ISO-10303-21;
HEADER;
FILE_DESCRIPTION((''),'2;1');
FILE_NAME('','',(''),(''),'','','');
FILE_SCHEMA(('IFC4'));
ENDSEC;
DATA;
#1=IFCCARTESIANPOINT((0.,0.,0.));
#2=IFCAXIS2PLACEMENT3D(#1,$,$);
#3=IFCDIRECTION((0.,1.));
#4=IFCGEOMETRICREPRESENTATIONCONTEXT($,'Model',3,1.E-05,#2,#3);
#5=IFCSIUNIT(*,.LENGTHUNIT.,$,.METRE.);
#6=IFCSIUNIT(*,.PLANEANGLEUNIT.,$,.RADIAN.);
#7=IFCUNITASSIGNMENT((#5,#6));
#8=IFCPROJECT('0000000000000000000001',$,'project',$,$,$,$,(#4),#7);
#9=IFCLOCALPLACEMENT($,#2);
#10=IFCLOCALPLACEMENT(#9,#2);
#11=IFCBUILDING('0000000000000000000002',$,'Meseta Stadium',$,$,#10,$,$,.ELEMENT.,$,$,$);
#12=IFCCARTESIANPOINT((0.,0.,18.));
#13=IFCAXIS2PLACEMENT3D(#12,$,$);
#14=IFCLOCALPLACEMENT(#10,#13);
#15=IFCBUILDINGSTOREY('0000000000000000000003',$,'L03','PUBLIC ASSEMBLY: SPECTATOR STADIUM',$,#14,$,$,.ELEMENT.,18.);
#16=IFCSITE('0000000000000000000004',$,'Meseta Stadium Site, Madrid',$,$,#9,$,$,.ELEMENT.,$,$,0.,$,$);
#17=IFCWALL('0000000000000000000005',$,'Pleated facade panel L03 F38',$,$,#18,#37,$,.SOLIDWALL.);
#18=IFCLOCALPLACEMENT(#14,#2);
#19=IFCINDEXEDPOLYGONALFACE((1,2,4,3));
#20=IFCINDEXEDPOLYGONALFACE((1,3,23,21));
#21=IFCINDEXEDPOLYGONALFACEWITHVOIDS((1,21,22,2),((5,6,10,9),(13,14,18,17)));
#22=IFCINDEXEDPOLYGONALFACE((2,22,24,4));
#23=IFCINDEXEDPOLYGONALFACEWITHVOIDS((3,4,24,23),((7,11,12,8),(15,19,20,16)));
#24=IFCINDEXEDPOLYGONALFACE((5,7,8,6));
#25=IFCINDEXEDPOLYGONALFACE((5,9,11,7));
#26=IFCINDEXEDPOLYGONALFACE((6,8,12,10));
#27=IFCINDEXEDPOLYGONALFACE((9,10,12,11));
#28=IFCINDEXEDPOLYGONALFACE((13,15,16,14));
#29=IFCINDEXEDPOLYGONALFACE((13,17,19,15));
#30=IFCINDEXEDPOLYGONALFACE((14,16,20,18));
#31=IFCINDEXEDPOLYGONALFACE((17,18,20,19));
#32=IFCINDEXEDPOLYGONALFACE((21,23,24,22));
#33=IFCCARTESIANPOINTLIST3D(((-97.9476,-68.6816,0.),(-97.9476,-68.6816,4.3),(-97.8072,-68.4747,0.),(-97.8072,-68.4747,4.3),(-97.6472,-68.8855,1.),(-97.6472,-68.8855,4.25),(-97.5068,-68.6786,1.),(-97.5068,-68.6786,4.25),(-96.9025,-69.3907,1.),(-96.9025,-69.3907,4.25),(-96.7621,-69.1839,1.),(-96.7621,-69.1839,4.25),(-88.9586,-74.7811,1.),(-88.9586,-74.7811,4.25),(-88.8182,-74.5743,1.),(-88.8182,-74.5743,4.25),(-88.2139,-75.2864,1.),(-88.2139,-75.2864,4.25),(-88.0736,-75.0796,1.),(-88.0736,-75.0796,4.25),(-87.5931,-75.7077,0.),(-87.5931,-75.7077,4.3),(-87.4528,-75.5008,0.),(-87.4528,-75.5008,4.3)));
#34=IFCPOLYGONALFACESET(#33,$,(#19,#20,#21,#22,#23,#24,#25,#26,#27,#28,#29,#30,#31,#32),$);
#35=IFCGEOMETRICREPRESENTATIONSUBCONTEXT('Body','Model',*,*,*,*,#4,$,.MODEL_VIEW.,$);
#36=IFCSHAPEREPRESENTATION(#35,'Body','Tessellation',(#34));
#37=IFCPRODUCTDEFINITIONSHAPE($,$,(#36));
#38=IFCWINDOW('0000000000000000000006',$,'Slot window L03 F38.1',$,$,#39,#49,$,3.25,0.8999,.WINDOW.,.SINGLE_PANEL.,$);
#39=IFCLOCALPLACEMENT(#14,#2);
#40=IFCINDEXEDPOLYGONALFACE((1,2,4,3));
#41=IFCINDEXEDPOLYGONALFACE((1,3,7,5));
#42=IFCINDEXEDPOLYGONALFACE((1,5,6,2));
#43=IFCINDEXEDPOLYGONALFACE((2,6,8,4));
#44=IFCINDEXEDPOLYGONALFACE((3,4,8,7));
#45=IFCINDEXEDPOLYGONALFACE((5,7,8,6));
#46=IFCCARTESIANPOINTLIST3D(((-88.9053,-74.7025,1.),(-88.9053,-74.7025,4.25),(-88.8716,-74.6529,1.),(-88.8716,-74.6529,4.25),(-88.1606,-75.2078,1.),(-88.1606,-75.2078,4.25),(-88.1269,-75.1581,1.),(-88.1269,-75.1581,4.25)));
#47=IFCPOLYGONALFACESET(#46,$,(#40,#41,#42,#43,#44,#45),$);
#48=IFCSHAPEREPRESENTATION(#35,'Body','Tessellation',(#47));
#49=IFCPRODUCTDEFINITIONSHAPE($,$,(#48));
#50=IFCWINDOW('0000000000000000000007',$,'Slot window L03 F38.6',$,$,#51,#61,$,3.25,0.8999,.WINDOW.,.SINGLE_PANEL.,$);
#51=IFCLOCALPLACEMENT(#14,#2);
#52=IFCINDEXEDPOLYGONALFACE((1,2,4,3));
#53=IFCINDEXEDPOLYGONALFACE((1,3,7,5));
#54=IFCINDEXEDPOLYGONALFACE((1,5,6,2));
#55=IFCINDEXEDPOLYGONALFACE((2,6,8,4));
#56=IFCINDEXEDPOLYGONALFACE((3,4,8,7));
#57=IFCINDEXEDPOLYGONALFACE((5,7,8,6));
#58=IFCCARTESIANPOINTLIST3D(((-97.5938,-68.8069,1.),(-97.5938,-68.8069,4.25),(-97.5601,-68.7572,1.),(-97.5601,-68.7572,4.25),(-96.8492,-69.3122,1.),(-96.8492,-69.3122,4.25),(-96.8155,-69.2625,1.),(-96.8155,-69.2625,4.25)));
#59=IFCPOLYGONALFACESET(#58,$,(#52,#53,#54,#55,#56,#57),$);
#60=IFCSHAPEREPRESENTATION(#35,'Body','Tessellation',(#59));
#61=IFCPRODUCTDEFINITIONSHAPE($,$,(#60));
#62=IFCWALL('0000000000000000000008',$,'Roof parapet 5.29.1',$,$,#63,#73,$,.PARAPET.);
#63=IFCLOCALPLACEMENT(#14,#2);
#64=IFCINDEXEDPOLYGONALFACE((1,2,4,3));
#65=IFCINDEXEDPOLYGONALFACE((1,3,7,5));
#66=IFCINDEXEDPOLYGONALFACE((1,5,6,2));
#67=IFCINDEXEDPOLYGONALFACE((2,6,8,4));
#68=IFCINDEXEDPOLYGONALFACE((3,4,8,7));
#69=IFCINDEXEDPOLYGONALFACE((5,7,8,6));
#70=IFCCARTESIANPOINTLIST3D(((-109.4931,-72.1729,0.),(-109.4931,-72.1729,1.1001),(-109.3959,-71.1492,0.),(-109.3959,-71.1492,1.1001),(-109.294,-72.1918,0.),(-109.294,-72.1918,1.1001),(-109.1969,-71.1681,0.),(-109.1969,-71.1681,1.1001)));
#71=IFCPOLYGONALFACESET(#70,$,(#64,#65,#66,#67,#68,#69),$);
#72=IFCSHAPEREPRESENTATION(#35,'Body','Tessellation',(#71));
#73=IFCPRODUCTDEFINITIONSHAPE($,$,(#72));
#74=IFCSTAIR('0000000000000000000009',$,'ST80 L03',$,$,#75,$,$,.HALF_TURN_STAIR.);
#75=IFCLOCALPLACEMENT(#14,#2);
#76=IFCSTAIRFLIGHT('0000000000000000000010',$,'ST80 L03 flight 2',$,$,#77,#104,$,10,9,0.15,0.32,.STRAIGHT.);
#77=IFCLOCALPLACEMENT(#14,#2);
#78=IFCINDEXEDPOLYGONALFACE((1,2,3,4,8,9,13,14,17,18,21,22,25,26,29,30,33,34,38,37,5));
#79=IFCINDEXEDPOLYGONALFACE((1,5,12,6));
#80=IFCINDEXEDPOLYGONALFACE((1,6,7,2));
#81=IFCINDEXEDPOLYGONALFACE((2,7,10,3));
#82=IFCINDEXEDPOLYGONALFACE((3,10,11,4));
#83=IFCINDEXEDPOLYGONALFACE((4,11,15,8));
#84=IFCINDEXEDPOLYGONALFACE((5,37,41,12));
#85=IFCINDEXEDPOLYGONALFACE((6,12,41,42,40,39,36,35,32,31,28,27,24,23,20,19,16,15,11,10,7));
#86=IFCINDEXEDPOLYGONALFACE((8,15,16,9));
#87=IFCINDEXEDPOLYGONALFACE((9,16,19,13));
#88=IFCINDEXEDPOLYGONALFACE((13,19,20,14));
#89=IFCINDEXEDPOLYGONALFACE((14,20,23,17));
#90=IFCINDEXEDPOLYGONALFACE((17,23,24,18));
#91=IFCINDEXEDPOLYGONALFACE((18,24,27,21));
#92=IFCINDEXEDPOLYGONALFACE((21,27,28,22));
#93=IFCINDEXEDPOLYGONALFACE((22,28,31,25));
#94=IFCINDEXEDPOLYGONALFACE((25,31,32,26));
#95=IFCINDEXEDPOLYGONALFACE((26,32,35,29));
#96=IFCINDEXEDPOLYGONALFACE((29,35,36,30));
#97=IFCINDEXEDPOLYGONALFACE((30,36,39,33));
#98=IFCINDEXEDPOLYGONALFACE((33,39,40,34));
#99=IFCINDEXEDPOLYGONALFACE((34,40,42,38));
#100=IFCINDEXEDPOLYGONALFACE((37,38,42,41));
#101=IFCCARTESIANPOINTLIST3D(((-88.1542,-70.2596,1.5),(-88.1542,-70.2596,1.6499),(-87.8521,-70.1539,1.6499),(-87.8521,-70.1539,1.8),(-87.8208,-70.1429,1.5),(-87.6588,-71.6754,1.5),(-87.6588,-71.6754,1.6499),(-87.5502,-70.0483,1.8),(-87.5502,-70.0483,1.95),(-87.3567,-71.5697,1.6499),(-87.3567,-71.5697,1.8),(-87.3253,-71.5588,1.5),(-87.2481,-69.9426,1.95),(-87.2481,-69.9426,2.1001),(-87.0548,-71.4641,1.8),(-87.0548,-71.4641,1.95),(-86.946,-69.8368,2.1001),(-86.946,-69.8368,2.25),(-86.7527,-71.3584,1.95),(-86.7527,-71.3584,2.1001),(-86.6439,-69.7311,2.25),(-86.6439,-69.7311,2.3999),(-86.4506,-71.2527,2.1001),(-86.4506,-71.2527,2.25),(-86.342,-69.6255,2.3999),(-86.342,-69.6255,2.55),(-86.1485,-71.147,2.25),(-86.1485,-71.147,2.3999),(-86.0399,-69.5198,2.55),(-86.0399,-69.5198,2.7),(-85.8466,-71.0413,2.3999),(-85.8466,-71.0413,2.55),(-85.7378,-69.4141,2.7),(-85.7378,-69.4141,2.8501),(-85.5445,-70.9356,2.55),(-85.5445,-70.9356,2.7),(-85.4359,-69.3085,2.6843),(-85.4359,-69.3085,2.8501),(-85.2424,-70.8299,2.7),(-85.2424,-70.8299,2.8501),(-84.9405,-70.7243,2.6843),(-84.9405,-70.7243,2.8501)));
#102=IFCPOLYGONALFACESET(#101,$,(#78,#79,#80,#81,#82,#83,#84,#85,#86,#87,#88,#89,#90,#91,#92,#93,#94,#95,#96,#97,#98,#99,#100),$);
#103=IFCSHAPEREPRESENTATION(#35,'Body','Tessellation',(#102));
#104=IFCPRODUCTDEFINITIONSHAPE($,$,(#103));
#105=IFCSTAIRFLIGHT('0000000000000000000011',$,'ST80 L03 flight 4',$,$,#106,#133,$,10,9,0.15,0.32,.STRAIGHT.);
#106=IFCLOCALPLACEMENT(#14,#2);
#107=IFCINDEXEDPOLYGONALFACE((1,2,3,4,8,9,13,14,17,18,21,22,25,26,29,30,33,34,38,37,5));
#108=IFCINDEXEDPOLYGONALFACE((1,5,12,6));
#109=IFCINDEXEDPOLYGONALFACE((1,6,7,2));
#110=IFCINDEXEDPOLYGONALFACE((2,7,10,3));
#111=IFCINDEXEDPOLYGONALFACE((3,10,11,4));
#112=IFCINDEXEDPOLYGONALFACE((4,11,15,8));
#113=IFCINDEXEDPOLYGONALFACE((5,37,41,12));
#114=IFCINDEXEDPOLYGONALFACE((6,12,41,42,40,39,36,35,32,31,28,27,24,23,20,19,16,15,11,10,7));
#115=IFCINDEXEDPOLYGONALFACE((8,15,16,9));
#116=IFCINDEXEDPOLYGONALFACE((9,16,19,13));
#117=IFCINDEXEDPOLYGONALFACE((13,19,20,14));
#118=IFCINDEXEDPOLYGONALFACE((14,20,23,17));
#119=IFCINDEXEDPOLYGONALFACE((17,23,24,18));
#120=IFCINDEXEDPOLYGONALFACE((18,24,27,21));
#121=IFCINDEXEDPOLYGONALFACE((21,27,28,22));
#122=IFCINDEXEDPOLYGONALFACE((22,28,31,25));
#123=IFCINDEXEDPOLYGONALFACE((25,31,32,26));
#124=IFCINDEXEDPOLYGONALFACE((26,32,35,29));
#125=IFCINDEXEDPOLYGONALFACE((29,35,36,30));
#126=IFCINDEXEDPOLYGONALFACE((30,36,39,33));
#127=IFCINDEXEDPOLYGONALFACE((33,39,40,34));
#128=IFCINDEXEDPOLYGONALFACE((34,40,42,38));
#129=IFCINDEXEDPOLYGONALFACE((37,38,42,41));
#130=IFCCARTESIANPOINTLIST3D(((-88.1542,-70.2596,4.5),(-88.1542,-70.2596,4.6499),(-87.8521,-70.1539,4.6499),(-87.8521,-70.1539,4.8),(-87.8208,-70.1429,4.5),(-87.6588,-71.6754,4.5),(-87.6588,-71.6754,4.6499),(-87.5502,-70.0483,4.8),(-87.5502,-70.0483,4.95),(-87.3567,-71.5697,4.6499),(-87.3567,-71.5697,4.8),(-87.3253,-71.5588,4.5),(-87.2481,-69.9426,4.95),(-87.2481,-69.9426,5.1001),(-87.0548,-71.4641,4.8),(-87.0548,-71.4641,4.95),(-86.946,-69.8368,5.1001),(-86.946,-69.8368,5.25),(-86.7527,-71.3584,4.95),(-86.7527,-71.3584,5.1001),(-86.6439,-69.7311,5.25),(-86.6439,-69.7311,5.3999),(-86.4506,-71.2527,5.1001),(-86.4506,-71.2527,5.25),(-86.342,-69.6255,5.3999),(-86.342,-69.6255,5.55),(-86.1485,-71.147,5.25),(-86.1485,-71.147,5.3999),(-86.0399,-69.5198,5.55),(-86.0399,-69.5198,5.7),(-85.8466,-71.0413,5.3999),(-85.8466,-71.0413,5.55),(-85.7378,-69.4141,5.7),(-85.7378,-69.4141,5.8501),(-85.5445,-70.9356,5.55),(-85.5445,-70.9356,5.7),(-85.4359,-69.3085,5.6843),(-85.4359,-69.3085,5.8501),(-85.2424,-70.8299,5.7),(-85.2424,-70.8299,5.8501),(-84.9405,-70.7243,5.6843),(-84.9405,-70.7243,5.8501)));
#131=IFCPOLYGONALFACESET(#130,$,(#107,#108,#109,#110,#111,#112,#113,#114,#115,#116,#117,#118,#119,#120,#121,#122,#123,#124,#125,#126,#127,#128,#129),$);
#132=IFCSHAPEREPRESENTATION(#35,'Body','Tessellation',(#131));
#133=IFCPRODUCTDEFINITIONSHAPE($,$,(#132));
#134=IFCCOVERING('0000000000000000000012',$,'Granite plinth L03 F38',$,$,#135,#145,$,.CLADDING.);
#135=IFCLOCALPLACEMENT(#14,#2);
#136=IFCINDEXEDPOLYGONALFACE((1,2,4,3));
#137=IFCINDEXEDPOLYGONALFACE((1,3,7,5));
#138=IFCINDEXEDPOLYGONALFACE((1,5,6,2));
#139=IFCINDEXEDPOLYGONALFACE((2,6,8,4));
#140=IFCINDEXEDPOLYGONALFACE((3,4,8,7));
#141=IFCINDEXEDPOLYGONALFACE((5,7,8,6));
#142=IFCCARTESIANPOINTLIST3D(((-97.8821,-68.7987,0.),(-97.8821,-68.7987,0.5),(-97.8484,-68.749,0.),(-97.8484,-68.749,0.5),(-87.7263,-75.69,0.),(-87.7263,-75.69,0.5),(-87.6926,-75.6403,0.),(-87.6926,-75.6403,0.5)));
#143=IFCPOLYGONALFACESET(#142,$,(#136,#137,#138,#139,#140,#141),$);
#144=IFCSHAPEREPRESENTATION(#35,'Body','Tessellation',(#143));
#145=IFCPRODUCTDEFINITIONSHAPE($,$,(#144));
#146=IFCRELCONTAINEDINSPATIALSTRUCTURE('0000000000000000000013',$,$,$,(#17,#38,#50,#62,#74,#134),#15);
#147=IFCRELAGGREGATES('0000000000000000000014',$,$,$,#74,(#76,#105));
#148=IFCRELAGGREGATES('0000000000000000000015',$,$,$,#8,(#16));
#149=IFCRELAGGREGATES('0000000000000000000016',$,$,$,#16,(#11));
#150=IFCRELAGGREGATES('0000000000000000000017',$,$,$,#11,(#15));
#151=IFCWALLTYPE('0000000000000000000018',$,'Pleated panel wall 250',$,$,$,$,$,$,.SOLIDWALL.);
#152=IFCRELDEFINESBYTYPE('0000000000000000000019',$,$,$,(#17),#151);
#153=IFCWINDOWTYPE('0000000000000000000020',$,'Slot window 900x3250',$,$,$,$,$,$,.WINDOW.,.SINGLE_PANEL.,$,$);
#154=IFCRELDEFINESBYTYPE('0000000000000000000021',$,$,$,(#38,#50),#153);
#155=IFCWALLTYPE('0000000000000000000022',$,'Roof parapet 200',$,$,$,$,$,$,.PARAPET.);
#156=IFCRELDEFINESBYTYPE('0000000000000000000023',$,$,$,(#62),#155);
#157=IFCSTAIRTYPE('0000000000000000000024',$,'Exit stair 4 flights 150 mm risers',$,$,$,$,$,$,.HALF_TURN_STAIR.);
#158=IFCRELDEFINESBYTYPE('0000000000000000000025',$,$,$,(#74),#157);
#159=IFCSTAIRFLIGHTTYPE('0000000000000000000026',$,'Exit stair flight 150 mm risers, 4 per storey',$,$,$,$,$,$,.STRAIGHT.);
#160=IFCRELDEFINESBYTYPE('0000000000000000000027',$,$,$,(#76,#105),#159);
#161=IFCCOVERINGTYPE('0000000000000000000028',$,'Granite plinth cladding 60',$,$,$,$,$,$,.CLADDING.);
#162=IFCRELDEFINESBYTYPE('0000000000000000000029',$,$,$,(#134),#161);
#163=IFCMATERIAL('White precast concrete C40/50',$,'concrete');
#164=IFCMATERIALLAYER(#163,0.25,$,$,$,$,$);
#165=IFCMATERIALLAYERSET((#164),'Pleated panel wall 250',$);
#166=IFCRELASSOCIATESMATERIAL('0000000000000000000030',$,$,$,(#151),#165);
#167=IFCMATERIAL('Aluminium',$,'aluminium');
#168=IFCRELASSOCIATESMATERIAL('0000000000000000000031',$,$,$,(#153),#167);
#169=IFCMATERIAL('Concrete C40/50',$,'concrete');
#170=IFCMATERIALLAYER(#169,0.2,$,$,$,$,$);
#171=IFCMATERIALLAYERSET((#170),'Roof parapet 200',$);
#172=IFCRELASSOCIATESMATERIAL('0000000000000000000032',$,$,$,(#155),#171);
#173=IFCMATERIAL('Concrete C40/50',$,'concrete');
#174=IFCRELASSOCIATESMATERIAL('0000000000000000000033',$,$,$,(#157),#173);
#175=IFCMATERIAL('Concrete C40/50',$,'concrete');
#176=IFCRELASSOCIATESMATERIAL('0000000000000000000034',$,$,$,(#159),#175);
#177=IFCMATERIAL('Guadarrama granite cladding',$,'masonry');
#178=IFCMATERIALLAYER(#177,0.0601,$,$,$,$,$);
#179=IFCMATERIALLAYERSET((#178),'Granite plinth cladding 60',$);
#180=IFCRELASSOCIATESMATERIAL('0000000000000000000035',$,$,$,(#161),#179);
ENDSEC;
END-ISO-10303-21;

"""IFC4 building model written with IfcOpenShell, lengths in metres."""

from ifc_helpers import new_model, si_unit, direction, frame, frame_2d, origin, origin_2d, place, context, subcontext, project, spatial, polyline, rectangle, outline, extrude, material, layer, layer_set, type_object, element, fill, aggregate, save


model = new_model("IFC4")

# Units and contexts
model_context = context("Model", 3, precision=1e-05, world=origin(), true_north=direction((0.0, 1.0)))
body_context = subcontext(model_context, "Body", "Model", "MODEL_VIEW")
ifc_project = project(units=[si_unit("LENGTHUNIT", "METRE"), si_unit("PLANEANGLEUNIT", "RADIAN")], contexts=[model_context])

# Site, building, storey
site_placement = place(None, origin())
site = spatial("IfcSite", under=ifc_project, at=site_placement, Name="Meseta Stadium Site, Madrid", CompositionType="ELEMENT", RefElevation=0.0)
building_placement = place(site_placement, origin())
building = spatial("IfcBuilding", under=site, at=building_placement, Name="Meseta Stadium", CompositionType="ELEMENT")
storey_placement = place(building_placement, frame((0.0, 0.0, 18.0)))
storey = spatial("IfcBuildingStorey", under=building, at=storey_placement, Name="L03", Description="PUBLIC ASSEMBLY: SPECTATOR STADIUM", CompositionType="ELEMENT", Elevation=18.0)

# Wall, openings, windows
ifc_material_1 = material(Name="White precast concrete C40/50", Category="concrete")
ifc_layer_1 = layer(ifc_material_1, 0.25)
ifc_layer_set_1 = layer_set([ifc_layer_1], Name="Pleated panel wall 250")
wall_type_1 = type_object("IfcWallType", Name="Pleated panel wall 250", PredefinedType="SOLIDWALL", material=ifc_layer_set_1)
wall_1_placement = place(storey_placement, frame((-87.5229, -75.6042, 0.0), z_axis=(0.0, 0.0, 1.0), x_axis=(-0.827481, 0.561494, 0.0)))
wall_1 = element("IfcWall", 1, at=wall_1_placement, inside=storey, type_object=wall_type_1, Name="Pleated facade panel L03 F38", PredefinedType="SOLIDWALL", context=body_context, shape_type="SweptSolid", body=[
    extrude(rectangle(XDim=12.5132, YDim=0.25, at=frame_2d((6.2566, 0.0))), origin(), (0.0, 0.0, 1.0), 4.3),
])
opening_1_placement = place(wall_1_placement, frame((0.7502, 0.0, 1.0)))
opening_1 = element("IfcOpeningElement", 2, at=opening_1_placement, cuts=wall_1, PredefinedType="OPENING", context=body_context, shape_type="SweptSolid", body=[
    extrude(rectangle(XDim=0.8999, YDim=3.25, at=frame_2d((0.45, 1.625))), frame((0.0, 0.135, 0.0), z_axis=(0.0, -1.0, 0.0), x_axis=(1.0, 0.0, 0.0)), (0.0, 0.0, 1.0), 0.27),
])
opening_2_placement = place(wall_1_placement, frame((11.2502, 0.0, 1.0)))
opening_2 = element("IfcOpeningElement", 3, at=opening_2_placement, cuts=wall_1, PredefinedType="OPENING", context=body_context, shape_type="SweptSolid", body=[
    extrude(rectangle(XDim=0.8999, YDim=3.25, at=frame_2d((0.45, 1.625))), frame((0.0, 0.135, 0.0), z_axis=(0.0, -1.0, 0.0), x_axis=(1.0, 0.0, 0.0)), (0.0, 0.0, 1.0), 0.27),
])
ifc_material_2 = material(Name="Aluminium", Category="aluminium")
window_type = type_object("IfcWindowType", Name="Slot window 900x3250", PartitioningType="SINGLE_PANEL", PredefinedType="WINDOW", material=ifc_material_2)
window_1_placement = place(opening_1_placement, origin())
window_1 = element("IfcWindow", 4, at=window_1_placement, inside=storey, type_object=window_type, Name="Slot window L03 F38.1", OverallHeight=3.25, OverallWidth=0.8999, PartitioningType="SINGLE_PANEL", PredefinedType="WINDOW", context=body_context, shape_type="SweptSolid", body=[
    extrude(rectangle(XDim=0.8999, YDim=3.25, at=frame_2d((0.45, 1.625))), frame((0.0, 0.03, 0.0), z_axis=(0.0, -1.0, 0.0), x_axis=(1.0, 0.0, 0.0)), (0.0, 0.0, 1.0), 0.0601),
])
fill(opening_1, window_1)
window_2_placement = place(opening_2_placement, origin())
window_2 = element("IfcWindow", 5, at=window_2_placement, inside=storey, type_object=window_type, Name="Slot window L03 F38.6", OverallHeight=3.25, OverallWidth=0.8999, PartitioningType="SINGLE_PANEL", PredefinedType="WINDOW", context=body_context, shape_type="SweptSolid", body=[
    extrude(rectangle(XDim=0.8999, YDim=3.25, at=frame_2d((0.45, 1.625))), frame((0.0, 0.03, 0.0), z_axis=(0.0, -1.0, 0.0), x_axis=(1.0, 0.0, 0.0)), (0.0, 0.0, 1.0), 0.0601),
])
fill(opening_2, window_2)

# Wall
ifc_material_3 = material(Name="Concrete C40/50", Category="concrete")
ifc_layer_2 = layer(ifc_material_3, 0.2)
ifc_layer_set_2 = layer_set([ifc_layer_2], Name="Roof parapet 200")
wall_type_2 = type_object("IfcWallType", Name="Roof parapet 200", PredefinedType="PARAPET", material=ifc_layer_set_2)
wall_2_placement = place(storey_placement, frame((-109.3936, -72.1824, 0.0), z_axis=(0.0, 0.0, 1.0), x_axis=(0.094495, 0.995525, 0.0)))
element("IfcWall", 6, at=wall_2_placement, inside=storey, type_object=wall_type_2, Name="Roof parapet 5.29.1", PredefinedType="PARAPET", context=body_context, shape_type="SweptSolid", body=[
    extrude(rectangle(XDim=1.0283, YDim=0.2, at=frame_2d((0.5142, 0.0))), origin(), (0.0, 0.0, 1.0), 1.1001),
])

# Stair, stair flights
ifc_material_4 = material(Name="Concrete C40/50", Category="concrete")
stair_type = type_object("IfcStairType", Name="Exit stair 4 flights 150 mm risers", PredefinedType="HALF_TURN_STAIR", material=ifc_material_4)
stair_placement = place(storey_placement, origin())
stair = element("IfcStair", 7, at=stair_placement, inside=storey, type_object=stair_type, Name="ST80 L03", PredefinedType="HALF_TURN_STAIR")
ifc_material_5 = material(Name="Concrete C40/50", Category="concrete")
stair_flight_type = type_object("IfcStairFlightType", Name="Exit stair flight 150 mm risers, 4 per storey", PredefinedType="STRAIGHT", material=ifc_material_5)
stair_flight_1_placement = place(storey_placement, frame((-87.9065, -70.9675, 1.5), z_axis=(0.0, 0.0, 1.0), x_axis=(0.943883, 0.330279, 0.0)))
stair_flight_1 = element("IfcStairFlight", 8, at=stair_flight_1_placement, type_object=stair_flight_type, Name="ST80 L03 flight 2", NumberOfRisers=10, NumberOfTreads=9, PredefinedType="STRAIGHT", RiserHeight=0.15, TreadLength=0.32, context=body_context, shape_type="SweptSolid", body=[
    extrude(outline(polyline([(0.0, 0.0), (0.0, 0.1499), (0.3201, 0.1499), (0.3201, 0.3), (0.6399, 0.3), (0.6399, 0.45), (0.96, 0.45), (0.96, 0.6001), (1.28, 0.6001), (1.28, 0.75), (1.6001, 0.75), (1.6001, 0.8999), (1.9199, 0.8999), (1.9199, 1.05), (2.24, 1.05), (2.24, 1.2), (2.5601, 1.2), (2.5601, 1.3501), (2.8799, 1.3501), (2.8799, 1.1843), (0.3533, 0.0), (0.0, 0.0)])), frame((0.0, 0.75, 0.0), z_axis=(0.0, -1.0, 0.0), x_axis=(1.0, 0.0, 0.0)), (0.0, 0.0, 1.0), 1.5),
])
stair_flight_2_placement = place(storey_placement, frame((-87.9065, -70.9675, 4.5), z_axis=(0.0, 0.0, 1.0), x_axis=(0.943883, 0.330279, 0.0)))
stair_flight_2 = element("IfcStairFlight", 9, at=stair_flight_2_placement, type_object=stair_flight_type, Name="ST80 L03 flight 4", NumberOfRisers=10, NumberOfTreads=9, PredefinedType="STRAIGHT", RiserHeight=0.15, TreadLength=0.32, context=body_context, shape_type="SweptSolid", body=[
    extrude(outline(polyline([(0.0, 0.0), (0.0, 0.1499), (0.3201, 0.1499), (0.3201, 0.3), (0.6399, 0.3), (0.6399, 0.45), (0.96, 0.45), (0.96, 0.6001), (1.28, 0.6001), (1.28, 0.75), (1.6001, 0.75), (1.6001, 0.8999), (1.9199, 0.8999), (1.9199, 1.05), (2.24, 1.05), (2.24, 1.2), (2.5601, 1.2), (2.5601, 1.3501), (2.8799, 1.3501), (2.8799, 1.1843), (0.3533, 0.0), (0.0, 0.0)])), frame((0.0, 0.75, 0.0), z_axis=(0.0, -1.0, 0.0), x_axis=(1.0, 0.0, 0.0)), (0.0, 0.0, 1.0), 1.5),
])
aggregate(stair, [stair_flight_1, stair_flight_2])

# Covering
ifc_material_6 = material(Name="Guadarrama granite cladding", Category="masonry")
ifc_layer_3 = layer(ifc_material_6, 0.0601)
ifc_layer_set_3 = layer_set([ifc_layer_3], Name="Granite plinth cladding 60")
covering_type_1 = type_object("IfcCoveringType", Name="Granite plinth cladding 60", PredefinedType="CLADDING", material=ifc_layer_set_3)
covering_1_placement = place(storey_placement, frame((-92.7874, -72.2195, 0.0), z_axis=(0.0, 0.0, 1.0), x_axis=(-0.827484, 0.56149, 0.0)))
element("IfcCovering", 10, at=covering_1_placement, inside=storey, type_object=covering_type_1, Name="Granite plinth L03 F38", PredefinedType="CLADDING", context=body_context, shape_type="SweptSolid", body=[
    extrude(rectangle(XDim=12.2732, YDim=0.0601, at=origin_2d()), origin(), (0.0, 0.0, 1.0), 0.5),
])

save(model, "model.ifc")
